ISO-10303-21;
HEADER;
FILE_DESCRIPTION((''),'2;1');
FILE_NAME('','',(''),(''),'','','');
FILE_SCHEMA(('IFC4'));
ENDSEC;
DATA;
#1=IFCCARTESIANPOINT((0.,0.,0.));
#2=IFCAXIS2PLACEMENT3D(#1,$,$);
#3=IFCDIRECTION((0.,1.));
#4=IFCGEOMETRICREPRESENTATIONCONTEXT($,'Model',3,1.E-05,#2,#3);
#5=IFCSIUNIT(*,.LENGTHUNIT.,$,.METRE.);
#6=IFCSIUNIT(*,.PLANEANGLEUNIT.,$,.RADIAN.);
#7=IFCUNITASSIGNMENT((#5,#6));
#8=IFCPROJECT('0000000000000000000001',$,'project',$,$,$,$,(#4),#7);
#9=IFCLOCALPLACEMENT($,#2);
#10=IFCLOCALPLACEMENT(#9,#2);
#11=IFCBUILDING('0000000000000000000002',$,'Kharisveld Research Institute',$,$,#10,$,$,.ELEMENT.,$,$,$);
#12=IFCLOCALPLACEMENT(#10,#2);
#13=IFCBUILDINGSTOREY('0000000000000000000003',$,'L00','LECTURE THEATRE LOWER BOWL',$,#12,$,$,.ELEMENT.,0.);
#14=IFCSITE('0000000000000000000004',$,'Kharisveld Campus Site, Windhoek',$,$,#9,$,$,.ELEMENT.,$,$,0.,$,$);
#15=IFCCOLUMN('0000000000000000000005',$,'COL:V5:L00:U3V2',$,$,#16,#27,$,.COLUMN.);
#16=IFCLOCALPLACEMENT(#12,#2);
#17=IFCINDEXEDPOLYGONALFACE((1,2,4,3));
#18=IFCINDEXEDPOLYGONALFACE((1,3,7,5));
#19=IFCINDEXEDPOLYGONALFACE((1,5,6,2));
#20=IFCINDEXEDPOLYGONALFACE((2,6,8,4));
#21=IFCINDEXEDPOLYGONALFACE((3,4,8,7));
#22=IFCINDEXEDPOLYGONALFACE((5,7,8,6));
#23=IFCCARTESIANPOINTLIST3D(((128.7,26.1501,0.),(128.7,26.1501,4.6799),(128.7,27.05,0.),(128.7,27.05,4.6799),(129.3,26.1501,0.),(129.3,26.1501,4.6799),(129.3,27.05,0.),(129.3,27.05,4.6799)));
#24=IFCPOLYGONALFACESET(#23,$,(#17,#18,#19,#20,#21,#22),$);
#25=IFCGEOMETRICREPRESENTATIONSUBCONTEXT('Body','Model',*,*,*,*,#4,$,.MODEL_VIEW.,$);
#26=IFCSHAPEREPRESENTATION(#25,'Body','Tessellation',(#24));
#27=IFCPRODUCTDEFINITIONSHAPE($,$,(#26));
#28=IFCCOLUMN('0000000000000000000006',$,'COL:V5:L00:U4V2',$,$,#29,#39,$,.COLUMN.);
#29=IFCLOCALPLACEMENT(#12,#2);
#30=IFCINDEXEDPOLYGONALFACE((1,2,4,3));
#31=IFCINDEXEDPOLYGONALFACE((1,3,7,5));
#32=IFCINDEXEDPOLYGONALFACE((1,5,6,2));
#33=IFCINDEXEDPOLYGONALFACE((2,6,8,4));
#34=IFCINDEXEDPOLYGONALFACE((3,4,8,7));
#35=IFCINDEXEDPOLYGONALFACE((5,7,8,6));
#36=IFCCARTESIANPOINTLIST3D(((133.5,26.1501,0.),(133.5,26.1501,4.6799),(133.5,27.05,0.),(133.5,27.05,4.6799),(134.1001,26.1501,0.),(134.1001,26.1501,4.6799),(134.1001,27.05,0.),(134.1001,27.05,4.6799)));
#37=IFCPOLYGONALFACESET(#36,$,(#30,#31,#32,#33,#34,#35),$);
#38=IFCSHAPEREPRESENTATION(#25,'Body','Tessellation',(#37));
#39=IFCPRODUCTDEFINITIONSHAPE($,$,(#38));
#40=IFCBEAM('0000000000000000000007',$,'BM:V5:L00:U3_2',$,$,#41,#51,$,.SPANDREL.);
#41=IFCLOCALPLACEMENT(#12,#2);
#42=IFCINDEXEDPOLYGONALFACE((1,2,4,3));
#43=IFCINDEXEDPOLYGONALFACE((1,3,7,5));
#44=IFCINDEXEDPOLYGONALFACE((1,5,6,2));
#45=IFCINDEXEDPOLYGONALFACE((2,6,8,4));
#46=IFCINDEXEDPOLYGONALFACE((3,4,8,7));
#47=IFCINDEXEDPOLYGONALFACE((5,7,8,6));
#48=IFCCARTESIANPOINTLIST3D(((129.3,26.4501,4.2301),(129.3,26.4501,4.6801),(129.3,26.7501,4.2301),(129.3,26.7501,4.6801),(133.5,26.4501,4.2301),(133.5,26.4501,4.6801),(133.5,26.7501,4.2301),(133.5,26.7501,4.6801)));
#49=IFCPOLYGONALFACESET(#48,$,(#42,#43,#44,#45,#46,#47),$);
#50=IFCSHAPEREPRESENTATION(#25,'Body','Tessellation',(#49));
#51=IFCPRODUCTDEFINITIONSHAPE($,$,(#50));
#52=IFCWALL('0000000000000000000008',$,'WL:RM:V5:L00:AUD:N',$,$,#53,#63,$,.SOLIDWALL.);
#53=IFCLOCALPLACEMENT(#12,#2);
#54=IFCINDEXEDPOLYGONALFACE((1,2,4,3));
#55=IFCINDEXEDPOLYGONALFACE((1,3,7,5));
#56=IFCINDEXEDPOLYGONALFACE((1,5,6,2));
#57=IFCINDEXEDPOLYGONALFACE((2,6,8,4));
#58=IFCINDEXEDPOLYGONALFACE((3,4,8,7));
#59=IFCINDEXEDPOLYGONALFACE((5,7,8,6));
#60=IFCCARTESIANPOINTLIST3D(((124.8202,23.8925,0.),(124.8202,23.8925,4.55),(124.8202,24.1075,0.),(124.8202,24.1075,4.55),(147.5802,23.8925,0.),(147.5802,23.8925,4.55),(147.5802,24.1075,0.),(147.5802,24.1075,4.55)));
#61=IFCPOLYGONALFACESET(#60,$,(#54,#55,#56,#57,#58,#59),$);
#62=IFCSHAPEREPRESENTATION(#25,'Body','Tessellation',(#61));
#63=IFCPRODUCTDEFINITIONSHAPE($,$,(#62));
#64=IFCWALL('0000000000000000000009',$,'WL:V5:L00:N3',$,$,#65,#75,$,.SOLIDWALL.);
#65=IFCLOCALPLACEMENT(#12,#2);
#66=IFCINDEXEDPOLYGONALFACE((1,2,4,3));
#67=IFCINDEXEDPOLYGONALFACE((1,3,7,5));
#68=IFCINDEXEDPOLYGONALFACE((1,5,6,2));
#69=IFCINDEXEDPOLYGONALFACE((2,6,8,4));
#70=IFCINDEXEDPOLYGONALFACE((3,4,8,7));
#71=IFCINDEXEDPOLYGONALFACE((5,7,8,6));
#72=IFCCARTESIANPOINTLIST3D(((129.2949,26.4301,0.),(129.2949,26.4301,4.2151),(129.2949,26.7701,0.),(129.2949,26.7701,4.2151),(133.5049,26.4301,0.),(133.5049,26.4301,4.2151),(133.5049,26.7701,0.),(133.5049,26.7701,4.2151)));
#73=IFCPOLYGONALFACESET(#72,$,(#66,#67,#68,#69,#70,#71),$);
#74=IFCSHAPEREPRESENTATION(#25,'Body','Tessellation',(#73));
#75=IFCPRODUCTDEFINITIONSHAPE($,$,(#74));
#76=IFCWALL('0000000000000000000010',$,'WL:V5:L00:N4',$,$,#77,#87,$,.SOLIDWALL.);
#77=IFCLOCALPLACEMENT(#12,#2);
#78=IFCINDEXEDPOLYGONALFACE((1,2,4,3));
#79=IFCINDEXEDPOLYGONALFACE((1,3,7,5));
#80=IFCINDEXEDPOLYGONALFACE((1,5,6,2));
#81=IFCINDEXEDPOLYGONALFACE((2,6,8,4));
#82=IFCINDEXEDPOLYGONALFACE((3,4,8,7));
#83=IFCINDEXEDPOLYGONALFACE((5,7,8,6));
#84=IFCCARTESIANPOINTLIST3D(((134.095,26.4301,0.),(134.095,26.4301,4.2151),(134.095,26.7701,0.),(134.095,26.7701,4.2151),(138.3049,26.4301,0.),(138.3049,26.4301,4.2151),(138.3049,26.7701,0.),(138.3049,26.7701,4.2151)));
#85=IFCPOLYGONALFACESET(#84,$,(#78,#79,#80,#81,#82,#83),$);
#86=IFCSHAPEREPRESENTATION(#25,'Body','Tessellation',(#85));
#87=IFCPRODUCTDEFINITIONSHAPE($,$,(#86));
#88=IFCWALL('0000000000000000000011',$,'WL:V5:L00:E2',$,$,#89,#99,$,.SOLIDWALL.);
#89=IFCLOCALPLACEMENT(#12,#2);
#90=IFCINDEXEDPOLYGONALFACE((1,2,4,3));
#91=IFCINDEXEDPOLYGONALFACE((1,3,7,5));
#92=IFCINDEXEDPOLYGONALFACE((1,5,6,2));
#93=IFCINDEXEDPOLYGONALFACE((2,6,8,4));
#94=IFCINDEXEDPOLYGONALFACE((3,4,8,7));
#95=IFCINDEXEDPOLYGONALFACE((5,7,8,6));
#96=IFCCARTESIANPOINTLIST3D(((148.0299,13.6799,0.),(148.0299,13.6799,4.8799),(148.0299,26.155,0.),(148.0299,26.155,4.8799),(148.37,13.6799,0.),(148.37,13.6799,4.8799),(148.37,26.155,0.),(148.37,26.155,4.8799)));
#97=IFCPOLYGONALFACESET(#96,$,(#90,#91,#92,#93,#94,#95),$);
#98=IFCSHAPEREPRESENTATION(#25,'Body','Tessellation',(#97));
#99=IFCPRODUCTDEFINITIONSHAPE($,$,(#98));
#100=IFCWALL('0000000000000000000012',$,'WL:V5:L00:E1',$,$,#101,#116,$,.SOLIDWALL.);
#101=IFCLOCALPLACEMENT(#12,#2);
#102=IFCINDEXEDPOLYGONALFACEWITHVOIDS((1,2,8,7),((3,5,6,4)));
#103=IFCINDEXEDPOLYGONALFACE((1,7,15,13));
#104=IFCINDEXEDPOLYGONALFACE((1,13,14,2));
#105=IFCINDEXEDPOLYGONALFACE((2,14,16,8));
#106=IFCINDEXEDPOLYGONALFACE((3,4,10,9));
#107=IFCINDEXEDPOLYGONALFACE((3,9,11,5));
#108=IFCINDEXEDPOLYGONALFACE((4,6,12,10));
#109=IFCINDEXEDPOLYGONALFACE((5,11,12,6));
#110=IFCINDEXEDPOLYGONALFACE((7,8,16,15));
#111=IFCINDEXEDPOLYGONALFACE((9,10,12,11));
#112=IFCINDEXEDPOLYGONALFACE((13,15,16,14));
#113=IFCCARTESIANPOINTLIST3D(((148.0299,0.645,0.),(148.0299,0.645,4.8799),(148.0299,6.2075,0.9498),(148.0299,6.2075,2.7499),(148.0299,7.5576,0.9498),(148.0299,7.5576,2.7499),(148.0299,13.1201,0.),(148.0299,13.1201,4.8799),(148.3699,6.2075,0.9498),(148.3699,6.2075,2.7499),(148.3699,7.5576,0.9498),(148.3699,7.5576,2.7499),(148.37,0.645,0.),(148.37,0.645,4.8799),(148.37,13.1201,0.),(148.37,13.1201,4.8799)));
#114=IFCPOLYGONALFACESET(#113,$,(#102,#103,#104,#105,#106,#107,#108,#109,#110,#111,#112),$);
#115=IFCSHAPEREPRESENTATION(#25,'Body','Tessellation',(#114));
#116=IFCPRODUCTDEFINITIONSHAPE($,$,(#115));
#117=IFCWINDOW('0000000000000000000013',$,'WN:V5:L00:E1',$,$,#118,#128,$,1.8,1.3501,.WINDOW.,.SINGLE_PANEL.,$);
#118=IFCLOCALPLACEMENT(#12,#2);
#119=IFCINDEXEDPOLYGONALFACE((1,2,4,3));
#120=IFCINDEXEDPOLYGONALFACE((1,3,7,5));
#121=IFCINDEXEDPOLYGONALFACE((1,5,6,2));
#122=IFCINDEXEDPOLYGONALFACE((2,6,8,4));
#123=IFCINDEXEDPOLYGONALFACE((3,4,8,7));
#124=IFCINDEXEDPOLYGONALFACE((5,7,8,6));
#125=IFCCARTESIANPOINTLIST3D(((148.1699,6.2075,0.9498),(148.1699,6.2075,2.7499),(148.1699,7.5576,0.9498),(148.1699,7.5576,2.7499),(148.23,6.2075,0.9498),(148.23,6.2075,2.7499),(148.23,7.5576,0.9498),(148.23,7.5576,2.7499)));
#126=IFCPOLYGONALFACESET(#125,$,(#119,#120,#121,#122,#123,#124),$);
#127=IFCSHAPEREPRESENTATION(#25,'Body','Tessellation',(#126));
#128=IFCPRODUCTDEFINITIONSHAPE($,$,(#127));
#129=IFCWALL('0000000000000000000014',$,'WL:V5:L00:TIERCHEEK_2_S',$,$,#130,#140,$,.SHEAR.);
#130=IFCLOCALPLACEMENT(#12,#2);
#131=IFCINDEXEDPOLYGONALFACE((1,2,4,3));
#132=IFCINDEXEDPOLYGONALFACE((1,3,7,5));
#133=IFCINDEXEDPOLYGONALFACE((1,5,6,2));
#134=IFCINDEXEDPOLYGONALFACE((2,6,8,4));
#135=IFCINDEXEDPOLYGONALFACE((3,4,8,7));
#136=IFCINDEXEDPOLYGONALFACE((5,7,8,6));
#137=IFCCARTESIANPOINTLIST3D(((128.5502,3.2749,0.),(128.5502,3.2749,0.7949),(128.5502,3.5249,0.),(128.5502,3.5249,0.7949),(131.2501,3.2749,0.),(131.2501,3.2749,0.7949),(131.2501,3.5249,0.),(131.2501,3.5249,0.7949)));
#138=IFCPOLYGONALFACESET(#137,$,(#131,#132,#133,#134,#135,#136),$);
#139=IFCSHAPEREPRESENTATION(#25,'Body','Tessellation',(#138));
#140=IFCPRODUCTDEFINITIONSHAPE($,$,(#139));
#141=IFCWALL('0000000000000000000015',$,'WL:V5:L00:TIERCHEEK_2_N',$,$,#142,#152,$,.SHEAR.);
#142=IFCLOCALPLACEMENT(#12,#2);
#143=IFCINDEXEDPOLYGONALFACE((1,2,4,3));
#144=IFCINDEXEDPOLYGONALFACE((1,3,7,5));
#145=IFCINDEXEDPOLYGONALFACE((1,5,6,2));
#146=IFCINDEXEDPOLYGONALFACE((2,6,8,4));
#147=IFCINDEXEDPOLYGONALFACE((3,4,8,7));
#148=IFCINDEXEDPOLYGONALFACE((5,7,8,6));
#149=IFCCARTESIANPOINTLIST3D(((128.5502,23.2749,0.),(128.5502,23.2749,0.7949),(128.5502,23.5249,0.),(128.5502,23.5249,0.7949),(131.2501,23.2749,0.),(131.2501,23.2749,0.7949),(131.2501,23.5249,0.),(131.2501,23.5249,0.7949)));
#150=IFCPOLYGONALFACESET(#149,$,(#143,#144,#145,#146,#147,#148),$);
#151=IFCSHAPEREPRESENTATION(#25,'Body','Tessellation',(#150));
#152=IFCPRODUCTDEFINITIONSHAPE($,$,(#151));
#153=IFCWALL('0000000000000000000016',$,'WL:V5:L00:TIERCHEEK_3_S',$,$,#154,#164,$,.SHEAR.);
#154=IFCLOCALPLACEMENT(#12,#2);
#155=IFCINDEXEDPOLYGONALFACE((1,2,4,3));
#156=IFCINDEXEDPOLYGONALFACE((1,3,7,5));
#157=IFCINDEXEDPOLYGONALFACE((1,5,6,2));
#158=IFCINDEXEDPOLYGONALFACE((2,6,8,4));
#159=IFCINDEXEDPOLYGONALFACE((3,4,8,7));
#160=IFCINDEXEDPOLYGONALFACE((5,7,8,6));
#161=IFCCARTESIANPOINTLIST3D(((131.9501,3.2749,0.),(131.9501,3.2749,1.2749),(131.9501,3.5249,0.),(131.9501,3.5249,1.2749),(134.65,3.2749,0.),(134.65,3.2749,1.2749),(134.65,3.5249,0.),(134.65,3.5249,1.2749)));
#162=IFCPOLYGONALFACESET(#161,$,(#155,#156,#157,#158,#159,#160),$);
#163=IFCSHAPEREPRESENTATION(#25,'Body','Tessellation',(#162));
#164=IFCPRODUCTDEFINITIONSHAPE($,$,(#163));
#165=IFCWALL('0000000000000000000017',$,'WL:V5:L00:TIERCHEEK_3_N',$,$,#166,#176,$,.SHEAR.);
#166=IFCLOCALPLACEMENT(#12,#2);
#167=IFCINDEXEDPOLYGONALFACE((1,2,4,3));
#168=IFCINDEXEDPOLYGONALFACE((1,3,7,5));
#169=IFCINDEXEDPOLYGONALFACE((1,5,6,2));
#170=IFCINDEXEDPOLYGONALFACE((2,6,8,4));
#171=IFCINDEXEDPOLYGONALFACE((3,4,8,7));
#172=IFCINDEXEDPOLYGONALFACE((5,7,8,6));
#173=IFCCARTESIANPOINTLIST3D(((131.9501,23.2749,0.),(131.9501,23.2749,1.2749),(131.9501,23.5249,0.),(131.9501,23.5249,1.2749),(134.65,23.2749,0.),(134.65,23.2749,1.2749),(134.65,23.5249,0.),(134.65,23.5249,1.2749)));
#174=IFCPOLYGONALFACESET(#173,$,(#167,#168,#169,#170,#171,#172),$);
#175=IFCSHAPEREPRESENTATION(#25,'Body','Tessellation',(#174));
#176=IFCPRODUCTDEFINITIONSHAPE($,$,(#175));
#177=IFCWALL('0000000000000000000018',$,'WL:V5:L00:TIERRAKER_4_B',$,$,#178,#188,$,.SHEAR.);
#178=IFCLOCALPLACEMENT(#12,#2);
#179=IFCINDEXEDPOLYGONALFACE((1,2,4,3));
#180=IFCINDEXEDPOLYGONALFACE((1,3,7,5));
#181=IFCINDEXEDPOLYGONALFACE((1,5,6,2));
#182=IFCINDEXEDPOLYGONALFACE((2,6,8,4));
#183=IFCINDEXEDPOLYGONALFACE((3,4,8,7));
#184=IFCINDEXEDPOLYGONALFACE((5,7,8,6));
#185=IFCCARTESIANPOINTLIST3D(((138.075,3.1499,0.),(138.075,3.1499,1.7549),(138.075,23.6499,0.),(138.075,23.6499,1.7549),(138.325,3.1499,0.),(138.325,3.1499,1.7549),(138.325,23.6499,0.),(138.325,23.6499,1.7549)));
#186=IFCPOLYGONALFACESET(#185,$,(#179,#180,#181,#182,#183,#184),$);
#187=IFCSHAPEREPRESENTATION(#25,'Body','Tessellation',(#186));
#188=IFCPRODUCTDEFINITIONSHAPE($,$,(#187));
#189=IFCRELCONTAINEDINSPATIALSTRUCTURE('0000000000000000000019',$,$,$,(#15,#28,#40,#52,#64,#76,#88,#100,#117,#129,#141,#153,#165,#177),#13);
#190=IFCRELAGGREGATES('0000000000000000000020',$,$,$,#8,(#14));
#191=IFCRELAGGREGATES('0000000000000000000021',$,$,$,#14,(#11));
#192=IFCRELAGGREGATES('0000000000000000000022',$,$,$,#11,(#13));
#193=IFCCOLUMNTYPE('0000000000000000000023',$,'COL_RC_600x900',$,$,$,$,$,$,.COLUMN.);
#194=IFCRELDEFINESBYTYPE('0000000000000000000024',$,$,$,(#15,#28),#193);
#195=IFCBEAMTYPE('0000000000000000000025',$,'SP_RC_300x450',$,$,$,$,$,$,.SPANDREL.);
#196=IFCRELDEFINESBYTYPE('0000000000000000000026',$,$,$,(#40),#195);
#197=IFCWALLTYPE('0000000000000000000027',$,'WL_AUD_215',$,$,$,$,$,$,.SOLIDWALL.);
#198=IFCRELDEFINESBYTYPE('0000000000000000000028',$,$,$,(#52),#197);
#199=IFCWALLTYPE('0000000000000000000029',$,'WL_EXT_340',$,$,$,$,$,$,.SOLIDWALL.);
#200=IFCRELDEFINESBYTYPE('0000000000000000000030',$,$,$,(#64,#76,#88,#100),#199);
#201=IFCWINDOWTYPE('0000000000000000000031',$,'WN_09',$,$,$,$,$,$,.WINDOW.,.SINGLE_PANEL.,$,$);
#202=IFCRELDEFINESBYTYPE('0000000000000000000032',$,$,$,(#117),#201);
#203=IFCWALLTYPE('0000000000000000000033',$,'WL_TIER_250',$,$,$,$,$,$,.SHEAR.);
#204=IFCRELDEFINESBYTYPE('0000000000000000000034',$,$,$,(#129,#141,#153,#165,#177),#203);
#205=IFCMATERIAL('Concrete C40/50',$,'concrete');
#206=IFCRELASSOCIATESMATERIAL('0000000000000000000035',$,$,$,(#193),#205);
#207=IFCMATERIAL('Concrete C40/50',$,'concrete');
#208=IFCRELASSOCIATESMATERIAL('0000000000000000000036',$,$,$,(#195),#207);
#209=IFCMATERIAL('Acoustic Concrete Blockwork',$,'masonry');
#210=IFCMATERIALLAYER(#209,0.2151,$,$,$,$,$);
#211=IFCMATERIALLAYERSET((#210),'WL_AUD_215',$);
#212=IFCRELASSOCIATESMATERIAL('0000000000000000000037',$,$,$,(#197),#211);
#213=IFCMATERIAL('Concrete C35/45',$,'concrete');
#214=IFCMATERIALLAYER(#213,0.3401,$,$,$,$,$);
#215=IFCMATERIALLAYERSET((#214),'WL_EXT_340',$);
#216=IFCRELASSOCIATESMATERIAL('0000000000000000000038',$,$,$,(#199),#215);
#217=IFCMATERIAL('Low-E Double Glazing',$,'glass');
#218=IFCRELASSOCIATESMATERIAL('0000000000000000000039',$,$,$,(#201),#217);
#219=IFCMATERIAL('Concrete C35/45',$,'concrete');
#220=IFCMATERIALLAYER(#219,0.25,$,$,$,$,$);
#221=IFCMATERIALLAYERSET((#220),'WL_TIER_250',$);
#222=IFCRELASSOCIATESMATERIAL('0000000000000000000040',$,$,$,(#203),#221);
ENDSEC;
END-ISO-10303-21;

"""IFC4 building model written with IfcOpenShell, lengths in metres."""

from ifc_helpers import new_model, si_unit, direction, frame, frame_2d, origin, origin_2d, place, context, subcontext, project, spatial, rectangle, extrude, material, layer, layer_set, material_profile, profile_set, type_object, element, fill, save


model = new_model("IFC4")

# Units and contexts
model_context = context("Model", 3, precision=1e-05, world=origin(), true_north=direction((0.0, 1.0)))
body_context = subcontext(model_context, "Body", "Model", "MODEL_VIEW")
ifc_project = project(units=[si_unit("LENGTHUNIT", "METRE"), si_unit("PLANEANGLEUNIT", "RADIAN")], contexts=[model_context])

# Site, building, storey
site_placement = place(None, origin())
site = spatial("IfcSite", under=ifc_project, at=site_placement, Name="Kharisveld Campus Site, Windhoek", CompositionType="ELEMENT", RefElevation=0.0)
building_placement = place(site_placement, origin())
building = spatial("IfcBuilding", under=site, at=building_placement, Name="Kharisveld Research Institute", CompositionType="ELEMENT")
storey_placement = place(building_placement, origin())
storey = spatial("IfcBuildingStorey", under=building, at=storey_placement, Name="L00", Description="LECTURE THEATRE LOWER BOWL", CompositionType="ELEMENT", Elevation=0.0)

# Columns
ifc_material_1 = material(Name="Concrete C40/50", Category="concrete")
ifc_material_profile_1 = material_profile(ifc_material_1, rectangle(XDim=0.6001, YDim=0.8999, at=origin_2d()))
ifc_profile_set_1 = profile_set([ifc_material_profile_1], Name="Concrete C40/50")
column_type = type_object("IfcColumnType", Name="COL_RC_600x900", PredefinedType="COLUMN", material=ifc_profile_set_1)
for number, where, z_axis, x_axis, name in (
    (1, (129.0, 26.6001, 0.0), (0.0, 0.0, 1.0), (1.0, 0.0, 0.0), "COL:V5:L00:U3V2"),
    (2, (133.8, 26.6001, 0.0), (0.0, 0.0, 1.0), (1.0, 0.0, 0.0), "COL:V5:L00:U4V2"),
):
    element("IfcColumn", number, at=place(storey_placement, frame(where, z_axis=z_axis, x_axis=x_axis)), inside=storey, type_object=column_type, Name=name, PredefinedType="COLUMN", context=body_context, shape_type="SweptSolid", body=[
        extrude(rectangle(XDim=0.6001, YDim=0.8999, at=origin_2d()), origin(), (0.0, 0.0, 1.0), 4.6799),
    ])

# Beam
ifc_material_2 = material(Name="Concrete C40/50", Category="concrete")
ifc_material_profile_2 = material_profile(ifc_material_2, rectangle(XDim=0.3, YDim=0.45, at=origin_2d()))
ifc_profile_set_2 = profile_set([ifc_material_profile_2], Name="Concrete C40/50")
beam_type = type_object("IfcBeamType", Name="SP_RC_300x450", PredefinedType="SPANDREL", material=ifc_profile_set_2)
beam_placement = place(storey_placement, frame((129.3, 26.6001, 4.4551), z_axis=(1.0, 0.0, 0.0), x_axis=(0.0, 1.0, 0.0)))
element("IfcBeam", 3, at=beam_placement, inside=storey, type_object=beam_type, Name="BM:V5:L00:U3_2", PredefinedType="SPANDREL", context=body_context, shape_type="SweptSolid", body=[
    extrude(rectangle(XDim=0.3, YDim=0.45, at=origin_2d()), origin(), (0.0, 0.0, 1.0), 4.2),
])

# Walls
ifc_material_3 = material(Name="Acoustic Concrete Blockwork", Category="masonry")
ifc_layer_1 = layer(ifc_material_3, 0.2151)
ifc_layer_set_1 = layer_set([ifc_layer_1], Name="WL_AUD_215")
wall_type_1 = type_object("IfcWallType", Name="WL_AUD_215", PredefinedType="SOLIDWALL", material=ifc_layer_set_1)
wall_1_placement = place(storey_placement, frame((147.5801, 24.0, 0.0), z_axis=(0.0, 0.0, 1.0), x_axis=(-1.0, 0.0, 0.0)))
element("IfcWall", 4, at=wall_1_placement, inside=storey, type_object=wall_type_1, Name="WL:RM:V5:L00:AUD:N", PredefinedType="SOLIDWALL", context=body_context, shape_type="SweptSolid", body=[
    extrude(rectangle(XDim=22.76, YDim=0.2151, at=frame_2d((11.3799, 0.0))), origin(), (0.0, 0.0, 1.0), 4.55),
])
ifc_material_4 = material(Name="Concrete C35/45", Category="concrete")
ifc_layer_2 = layer(ifc_material_4, 0.3401)
ifc_layer_set_2 = layer_set([ifc_layer_2], Name="WL_EXT_340")
wall_type_2 = type_object("IfcWallType", Name="WL_EXT_340", PredefinedType="SOLIDWALL", material=ifc_layer_set_2)
for number, where, z_axis, x_axis, name in (
    (5, (129.2949, 26.6001, 0.0), (0.0, 0.0, 1.0), (1.0, 0.0, 0.0), "WL:V5:L00:N3"),
    (6, (134.095, 26.6001, 0.0), (0.0, 0.0, 1.0), (1.0, 0.0, 0.0), "WL:V5:L00:N4"),
):
    element("IfcWall", number, at=place(storey_placement, frame(where, z_axis=z_axis, x_axis=x_axis)), inside=storey, type_object=wall_type_2, Name=name, PredefinedType="SOLIDWALL", context=body_context, shape_type="SweptSolid", body=[
        extrude(rectangle(XDim=4.21, YDim=0.3401, at=frame_2d((2.105, 0.0))), origin(), (0.0, 0.0, 1.0), 4.2151),
    ])
wall_2_placement = place(storey_placement, frame((148.2, 26.155, 0.0), z_axis=(0.0, 0.0, 1.0), x_axis=(0.0, -1.0, 0.0)))
element("IfcWall", 7, at=wall_2_placement, inside=storey, type_object=wall_type_2, Name="WL:V5:L00:E2", PredefinedType="SOLIDWALL", context=body_context, shape_type="SweptSolid", body=[
    extrude(rectangle(XDim=12.4751, YDim=0.3401, at=frame_2d((6.2375, 0.0))), origin(), (0.0, 0.0, 1.0), 4.8799),
])

# Wall, opening, window
wall_3_placement = place(storey_placement, frame((148.2, 13.1201, 0.0), z_axis=(0.0, 0.0, 1.0), x_axis=(0.0, -1.0, 0.0)))
wall_3 = element("IfcWall", 8, at=wall_3_placement, inside=storey, type_object=wall_type_2, Name="WL:V5:L00:E1", PredefinedType="SOLIDWALL", context=body_context, shape_type="SweptSolid", body=[
    extrude(rectangle(XDim=12.4751, YDim=0.3401, at=frame_2d((6.2375, 0.0))), origin(), (0.0, 0.0, 1.0), 4.8799),
])
opening_placement = place(wall_3_placement, frame((5.5625, 0.0, 0.95)))
opening = element("IfcOpeningElement", 9, at=opening_placement, cuts=wall_3, PredefinedType="OPENING", context=body_context, shape_type="SweptSolid", body=[
    extrude(rectangle(XDim=1.3501, YDim=1.8, at=frame_2d((0.675, 0.8999))), frame((0.0, 0.1699, 0.0), z_axis=(0.0, -1.0, 0.0), x_axis=(1.0, 0.0, 0.0)), (0.0, 0.0, 1.0), 0.3401),
])
ifc_material_5 = material(Name="Low-E Double Glazing", Category="glass")
window_type = type_object("IfcWindowType", Name="WN_09", PartitioningType="SINGLE_PANEL", PredefinedType="WINDOW", material=ifc_material_5)
window_placement = place(opening_placement, origin())
window = element("IfcWindow", 10, at=window_placement, inside=storey, type_object=window_type, Name="WN:V5:L00:E1", OverallHeight=1.8, OverallWidth=1.3501, PartitioningType="SINGLE_PANEL", PredefinedType="WINDOW", context=body_context, shape_type="SweptSolid", body=[
    extrude(rectangle(XDim=1.3501, YDim=1.8, at=frame_2d((0.675, 0.8999))), frame((0.0, 0.03, 0.0), z_axis=(0.0, -1.0, 0.0), x_axis=(1.0, 0.0, 0.0)), (0.0, 0.0, 1.0), 0.0601),
])
fill(opening, window)

# Walls
ifc_material_6 = material(Name="Concrete C35/45", Category="concrete")
ifc_layer_3 = layer(ifc_material_6, 0.25)
ifc_layer_set_3 = layer_set([ifc_layer_3], Name="WL_TIER_250")
wall_type_3 = type_object("IfcWallType", Name="WL_TIER_250", PredefinedType="SHEAR", material=ifc_layer_set_3)
for number, where, z_axis, x_axis, name in (
    (11, (128.55, 3.3999, 0.0), (0.0, 0.0, 1.0), (1.0, 0.0, 0.0), "WL:V5:L00:TIERCHEEK_2_S"),
    (12, (128.55, 23.3999, 0.0), (0.0, 0.0, 1.0), (1.0, 0.0, 0.0), "WL:V5:L00:TIERCHEEK_2_N"),
):
    element("IfcWall", number, at=place(storey_placement, frame(where, z_axis=z_axis, x_axis=x_axis)), inside=storey, type_object=wall_type_3, Name=name, PredefinedType="SHEAR", context=body_context, shape_type="SweptSolid", body=[
        extrude(rectangle(XDim=2.7, YDim=0.25, at=frame_2d((1.3501, 0.0))), origin(), (0.0, 0.0, 1.0), 0.7949),
    ])
for number, where, z_axis, x_axis, name in (
    (13, (131.95, 3.3999, 0.0), (0.0, 0.0, 1.0), (1.0, 0.0, 0.0), "WL:V5:L00:TIERCHEEK_3_S"),
    (14, (131.95, 23.3999, 0.0), (0.0, 0.0, 1.0), (1.0, 0.0, 0.0), "WL:V5:L00:TIERCHEEK_3_N"),
):
    element("IfcWall", number, at=place(storey_placement, frame(where, z_axis=z_axis, x_axis=x_axis)), inside=storey, type_object=wall_type_3, Name=name, PredefinedType="SHEAR", context=body_context, shape_type="SweptSolid", body=[
        extrude(rectangle(XDim=2.7, YDim=0.25, at=frame_2d((1.3501, 0.0))), origin(), (0.0, 0.0, 1.0), 1.2749),
    ])
wall_4_placement = place(storey_placement, frame((138.2, 3.1499, 0.0), z_axis=(0.0, 0.0, 1.0), x_axis=(0.0, 1.0, 0.0)))
element("IfcWall", 15, at=wall_4_placement, inside=storey, type_object=wall_type_3, Name="WL:V5:L00:TIERRAKER_4_B", PredefinedType="SHEAR", context=body_context, shape_type="SweptSolid", body=[
    extrude(rectangle(XDim=20.5, YDim=0.25, at=frame_2d((10.25, 0.0))), origin(), (0.0, 0.0, 1.0), 1.7549),
])

save(model, "model.ifc")
